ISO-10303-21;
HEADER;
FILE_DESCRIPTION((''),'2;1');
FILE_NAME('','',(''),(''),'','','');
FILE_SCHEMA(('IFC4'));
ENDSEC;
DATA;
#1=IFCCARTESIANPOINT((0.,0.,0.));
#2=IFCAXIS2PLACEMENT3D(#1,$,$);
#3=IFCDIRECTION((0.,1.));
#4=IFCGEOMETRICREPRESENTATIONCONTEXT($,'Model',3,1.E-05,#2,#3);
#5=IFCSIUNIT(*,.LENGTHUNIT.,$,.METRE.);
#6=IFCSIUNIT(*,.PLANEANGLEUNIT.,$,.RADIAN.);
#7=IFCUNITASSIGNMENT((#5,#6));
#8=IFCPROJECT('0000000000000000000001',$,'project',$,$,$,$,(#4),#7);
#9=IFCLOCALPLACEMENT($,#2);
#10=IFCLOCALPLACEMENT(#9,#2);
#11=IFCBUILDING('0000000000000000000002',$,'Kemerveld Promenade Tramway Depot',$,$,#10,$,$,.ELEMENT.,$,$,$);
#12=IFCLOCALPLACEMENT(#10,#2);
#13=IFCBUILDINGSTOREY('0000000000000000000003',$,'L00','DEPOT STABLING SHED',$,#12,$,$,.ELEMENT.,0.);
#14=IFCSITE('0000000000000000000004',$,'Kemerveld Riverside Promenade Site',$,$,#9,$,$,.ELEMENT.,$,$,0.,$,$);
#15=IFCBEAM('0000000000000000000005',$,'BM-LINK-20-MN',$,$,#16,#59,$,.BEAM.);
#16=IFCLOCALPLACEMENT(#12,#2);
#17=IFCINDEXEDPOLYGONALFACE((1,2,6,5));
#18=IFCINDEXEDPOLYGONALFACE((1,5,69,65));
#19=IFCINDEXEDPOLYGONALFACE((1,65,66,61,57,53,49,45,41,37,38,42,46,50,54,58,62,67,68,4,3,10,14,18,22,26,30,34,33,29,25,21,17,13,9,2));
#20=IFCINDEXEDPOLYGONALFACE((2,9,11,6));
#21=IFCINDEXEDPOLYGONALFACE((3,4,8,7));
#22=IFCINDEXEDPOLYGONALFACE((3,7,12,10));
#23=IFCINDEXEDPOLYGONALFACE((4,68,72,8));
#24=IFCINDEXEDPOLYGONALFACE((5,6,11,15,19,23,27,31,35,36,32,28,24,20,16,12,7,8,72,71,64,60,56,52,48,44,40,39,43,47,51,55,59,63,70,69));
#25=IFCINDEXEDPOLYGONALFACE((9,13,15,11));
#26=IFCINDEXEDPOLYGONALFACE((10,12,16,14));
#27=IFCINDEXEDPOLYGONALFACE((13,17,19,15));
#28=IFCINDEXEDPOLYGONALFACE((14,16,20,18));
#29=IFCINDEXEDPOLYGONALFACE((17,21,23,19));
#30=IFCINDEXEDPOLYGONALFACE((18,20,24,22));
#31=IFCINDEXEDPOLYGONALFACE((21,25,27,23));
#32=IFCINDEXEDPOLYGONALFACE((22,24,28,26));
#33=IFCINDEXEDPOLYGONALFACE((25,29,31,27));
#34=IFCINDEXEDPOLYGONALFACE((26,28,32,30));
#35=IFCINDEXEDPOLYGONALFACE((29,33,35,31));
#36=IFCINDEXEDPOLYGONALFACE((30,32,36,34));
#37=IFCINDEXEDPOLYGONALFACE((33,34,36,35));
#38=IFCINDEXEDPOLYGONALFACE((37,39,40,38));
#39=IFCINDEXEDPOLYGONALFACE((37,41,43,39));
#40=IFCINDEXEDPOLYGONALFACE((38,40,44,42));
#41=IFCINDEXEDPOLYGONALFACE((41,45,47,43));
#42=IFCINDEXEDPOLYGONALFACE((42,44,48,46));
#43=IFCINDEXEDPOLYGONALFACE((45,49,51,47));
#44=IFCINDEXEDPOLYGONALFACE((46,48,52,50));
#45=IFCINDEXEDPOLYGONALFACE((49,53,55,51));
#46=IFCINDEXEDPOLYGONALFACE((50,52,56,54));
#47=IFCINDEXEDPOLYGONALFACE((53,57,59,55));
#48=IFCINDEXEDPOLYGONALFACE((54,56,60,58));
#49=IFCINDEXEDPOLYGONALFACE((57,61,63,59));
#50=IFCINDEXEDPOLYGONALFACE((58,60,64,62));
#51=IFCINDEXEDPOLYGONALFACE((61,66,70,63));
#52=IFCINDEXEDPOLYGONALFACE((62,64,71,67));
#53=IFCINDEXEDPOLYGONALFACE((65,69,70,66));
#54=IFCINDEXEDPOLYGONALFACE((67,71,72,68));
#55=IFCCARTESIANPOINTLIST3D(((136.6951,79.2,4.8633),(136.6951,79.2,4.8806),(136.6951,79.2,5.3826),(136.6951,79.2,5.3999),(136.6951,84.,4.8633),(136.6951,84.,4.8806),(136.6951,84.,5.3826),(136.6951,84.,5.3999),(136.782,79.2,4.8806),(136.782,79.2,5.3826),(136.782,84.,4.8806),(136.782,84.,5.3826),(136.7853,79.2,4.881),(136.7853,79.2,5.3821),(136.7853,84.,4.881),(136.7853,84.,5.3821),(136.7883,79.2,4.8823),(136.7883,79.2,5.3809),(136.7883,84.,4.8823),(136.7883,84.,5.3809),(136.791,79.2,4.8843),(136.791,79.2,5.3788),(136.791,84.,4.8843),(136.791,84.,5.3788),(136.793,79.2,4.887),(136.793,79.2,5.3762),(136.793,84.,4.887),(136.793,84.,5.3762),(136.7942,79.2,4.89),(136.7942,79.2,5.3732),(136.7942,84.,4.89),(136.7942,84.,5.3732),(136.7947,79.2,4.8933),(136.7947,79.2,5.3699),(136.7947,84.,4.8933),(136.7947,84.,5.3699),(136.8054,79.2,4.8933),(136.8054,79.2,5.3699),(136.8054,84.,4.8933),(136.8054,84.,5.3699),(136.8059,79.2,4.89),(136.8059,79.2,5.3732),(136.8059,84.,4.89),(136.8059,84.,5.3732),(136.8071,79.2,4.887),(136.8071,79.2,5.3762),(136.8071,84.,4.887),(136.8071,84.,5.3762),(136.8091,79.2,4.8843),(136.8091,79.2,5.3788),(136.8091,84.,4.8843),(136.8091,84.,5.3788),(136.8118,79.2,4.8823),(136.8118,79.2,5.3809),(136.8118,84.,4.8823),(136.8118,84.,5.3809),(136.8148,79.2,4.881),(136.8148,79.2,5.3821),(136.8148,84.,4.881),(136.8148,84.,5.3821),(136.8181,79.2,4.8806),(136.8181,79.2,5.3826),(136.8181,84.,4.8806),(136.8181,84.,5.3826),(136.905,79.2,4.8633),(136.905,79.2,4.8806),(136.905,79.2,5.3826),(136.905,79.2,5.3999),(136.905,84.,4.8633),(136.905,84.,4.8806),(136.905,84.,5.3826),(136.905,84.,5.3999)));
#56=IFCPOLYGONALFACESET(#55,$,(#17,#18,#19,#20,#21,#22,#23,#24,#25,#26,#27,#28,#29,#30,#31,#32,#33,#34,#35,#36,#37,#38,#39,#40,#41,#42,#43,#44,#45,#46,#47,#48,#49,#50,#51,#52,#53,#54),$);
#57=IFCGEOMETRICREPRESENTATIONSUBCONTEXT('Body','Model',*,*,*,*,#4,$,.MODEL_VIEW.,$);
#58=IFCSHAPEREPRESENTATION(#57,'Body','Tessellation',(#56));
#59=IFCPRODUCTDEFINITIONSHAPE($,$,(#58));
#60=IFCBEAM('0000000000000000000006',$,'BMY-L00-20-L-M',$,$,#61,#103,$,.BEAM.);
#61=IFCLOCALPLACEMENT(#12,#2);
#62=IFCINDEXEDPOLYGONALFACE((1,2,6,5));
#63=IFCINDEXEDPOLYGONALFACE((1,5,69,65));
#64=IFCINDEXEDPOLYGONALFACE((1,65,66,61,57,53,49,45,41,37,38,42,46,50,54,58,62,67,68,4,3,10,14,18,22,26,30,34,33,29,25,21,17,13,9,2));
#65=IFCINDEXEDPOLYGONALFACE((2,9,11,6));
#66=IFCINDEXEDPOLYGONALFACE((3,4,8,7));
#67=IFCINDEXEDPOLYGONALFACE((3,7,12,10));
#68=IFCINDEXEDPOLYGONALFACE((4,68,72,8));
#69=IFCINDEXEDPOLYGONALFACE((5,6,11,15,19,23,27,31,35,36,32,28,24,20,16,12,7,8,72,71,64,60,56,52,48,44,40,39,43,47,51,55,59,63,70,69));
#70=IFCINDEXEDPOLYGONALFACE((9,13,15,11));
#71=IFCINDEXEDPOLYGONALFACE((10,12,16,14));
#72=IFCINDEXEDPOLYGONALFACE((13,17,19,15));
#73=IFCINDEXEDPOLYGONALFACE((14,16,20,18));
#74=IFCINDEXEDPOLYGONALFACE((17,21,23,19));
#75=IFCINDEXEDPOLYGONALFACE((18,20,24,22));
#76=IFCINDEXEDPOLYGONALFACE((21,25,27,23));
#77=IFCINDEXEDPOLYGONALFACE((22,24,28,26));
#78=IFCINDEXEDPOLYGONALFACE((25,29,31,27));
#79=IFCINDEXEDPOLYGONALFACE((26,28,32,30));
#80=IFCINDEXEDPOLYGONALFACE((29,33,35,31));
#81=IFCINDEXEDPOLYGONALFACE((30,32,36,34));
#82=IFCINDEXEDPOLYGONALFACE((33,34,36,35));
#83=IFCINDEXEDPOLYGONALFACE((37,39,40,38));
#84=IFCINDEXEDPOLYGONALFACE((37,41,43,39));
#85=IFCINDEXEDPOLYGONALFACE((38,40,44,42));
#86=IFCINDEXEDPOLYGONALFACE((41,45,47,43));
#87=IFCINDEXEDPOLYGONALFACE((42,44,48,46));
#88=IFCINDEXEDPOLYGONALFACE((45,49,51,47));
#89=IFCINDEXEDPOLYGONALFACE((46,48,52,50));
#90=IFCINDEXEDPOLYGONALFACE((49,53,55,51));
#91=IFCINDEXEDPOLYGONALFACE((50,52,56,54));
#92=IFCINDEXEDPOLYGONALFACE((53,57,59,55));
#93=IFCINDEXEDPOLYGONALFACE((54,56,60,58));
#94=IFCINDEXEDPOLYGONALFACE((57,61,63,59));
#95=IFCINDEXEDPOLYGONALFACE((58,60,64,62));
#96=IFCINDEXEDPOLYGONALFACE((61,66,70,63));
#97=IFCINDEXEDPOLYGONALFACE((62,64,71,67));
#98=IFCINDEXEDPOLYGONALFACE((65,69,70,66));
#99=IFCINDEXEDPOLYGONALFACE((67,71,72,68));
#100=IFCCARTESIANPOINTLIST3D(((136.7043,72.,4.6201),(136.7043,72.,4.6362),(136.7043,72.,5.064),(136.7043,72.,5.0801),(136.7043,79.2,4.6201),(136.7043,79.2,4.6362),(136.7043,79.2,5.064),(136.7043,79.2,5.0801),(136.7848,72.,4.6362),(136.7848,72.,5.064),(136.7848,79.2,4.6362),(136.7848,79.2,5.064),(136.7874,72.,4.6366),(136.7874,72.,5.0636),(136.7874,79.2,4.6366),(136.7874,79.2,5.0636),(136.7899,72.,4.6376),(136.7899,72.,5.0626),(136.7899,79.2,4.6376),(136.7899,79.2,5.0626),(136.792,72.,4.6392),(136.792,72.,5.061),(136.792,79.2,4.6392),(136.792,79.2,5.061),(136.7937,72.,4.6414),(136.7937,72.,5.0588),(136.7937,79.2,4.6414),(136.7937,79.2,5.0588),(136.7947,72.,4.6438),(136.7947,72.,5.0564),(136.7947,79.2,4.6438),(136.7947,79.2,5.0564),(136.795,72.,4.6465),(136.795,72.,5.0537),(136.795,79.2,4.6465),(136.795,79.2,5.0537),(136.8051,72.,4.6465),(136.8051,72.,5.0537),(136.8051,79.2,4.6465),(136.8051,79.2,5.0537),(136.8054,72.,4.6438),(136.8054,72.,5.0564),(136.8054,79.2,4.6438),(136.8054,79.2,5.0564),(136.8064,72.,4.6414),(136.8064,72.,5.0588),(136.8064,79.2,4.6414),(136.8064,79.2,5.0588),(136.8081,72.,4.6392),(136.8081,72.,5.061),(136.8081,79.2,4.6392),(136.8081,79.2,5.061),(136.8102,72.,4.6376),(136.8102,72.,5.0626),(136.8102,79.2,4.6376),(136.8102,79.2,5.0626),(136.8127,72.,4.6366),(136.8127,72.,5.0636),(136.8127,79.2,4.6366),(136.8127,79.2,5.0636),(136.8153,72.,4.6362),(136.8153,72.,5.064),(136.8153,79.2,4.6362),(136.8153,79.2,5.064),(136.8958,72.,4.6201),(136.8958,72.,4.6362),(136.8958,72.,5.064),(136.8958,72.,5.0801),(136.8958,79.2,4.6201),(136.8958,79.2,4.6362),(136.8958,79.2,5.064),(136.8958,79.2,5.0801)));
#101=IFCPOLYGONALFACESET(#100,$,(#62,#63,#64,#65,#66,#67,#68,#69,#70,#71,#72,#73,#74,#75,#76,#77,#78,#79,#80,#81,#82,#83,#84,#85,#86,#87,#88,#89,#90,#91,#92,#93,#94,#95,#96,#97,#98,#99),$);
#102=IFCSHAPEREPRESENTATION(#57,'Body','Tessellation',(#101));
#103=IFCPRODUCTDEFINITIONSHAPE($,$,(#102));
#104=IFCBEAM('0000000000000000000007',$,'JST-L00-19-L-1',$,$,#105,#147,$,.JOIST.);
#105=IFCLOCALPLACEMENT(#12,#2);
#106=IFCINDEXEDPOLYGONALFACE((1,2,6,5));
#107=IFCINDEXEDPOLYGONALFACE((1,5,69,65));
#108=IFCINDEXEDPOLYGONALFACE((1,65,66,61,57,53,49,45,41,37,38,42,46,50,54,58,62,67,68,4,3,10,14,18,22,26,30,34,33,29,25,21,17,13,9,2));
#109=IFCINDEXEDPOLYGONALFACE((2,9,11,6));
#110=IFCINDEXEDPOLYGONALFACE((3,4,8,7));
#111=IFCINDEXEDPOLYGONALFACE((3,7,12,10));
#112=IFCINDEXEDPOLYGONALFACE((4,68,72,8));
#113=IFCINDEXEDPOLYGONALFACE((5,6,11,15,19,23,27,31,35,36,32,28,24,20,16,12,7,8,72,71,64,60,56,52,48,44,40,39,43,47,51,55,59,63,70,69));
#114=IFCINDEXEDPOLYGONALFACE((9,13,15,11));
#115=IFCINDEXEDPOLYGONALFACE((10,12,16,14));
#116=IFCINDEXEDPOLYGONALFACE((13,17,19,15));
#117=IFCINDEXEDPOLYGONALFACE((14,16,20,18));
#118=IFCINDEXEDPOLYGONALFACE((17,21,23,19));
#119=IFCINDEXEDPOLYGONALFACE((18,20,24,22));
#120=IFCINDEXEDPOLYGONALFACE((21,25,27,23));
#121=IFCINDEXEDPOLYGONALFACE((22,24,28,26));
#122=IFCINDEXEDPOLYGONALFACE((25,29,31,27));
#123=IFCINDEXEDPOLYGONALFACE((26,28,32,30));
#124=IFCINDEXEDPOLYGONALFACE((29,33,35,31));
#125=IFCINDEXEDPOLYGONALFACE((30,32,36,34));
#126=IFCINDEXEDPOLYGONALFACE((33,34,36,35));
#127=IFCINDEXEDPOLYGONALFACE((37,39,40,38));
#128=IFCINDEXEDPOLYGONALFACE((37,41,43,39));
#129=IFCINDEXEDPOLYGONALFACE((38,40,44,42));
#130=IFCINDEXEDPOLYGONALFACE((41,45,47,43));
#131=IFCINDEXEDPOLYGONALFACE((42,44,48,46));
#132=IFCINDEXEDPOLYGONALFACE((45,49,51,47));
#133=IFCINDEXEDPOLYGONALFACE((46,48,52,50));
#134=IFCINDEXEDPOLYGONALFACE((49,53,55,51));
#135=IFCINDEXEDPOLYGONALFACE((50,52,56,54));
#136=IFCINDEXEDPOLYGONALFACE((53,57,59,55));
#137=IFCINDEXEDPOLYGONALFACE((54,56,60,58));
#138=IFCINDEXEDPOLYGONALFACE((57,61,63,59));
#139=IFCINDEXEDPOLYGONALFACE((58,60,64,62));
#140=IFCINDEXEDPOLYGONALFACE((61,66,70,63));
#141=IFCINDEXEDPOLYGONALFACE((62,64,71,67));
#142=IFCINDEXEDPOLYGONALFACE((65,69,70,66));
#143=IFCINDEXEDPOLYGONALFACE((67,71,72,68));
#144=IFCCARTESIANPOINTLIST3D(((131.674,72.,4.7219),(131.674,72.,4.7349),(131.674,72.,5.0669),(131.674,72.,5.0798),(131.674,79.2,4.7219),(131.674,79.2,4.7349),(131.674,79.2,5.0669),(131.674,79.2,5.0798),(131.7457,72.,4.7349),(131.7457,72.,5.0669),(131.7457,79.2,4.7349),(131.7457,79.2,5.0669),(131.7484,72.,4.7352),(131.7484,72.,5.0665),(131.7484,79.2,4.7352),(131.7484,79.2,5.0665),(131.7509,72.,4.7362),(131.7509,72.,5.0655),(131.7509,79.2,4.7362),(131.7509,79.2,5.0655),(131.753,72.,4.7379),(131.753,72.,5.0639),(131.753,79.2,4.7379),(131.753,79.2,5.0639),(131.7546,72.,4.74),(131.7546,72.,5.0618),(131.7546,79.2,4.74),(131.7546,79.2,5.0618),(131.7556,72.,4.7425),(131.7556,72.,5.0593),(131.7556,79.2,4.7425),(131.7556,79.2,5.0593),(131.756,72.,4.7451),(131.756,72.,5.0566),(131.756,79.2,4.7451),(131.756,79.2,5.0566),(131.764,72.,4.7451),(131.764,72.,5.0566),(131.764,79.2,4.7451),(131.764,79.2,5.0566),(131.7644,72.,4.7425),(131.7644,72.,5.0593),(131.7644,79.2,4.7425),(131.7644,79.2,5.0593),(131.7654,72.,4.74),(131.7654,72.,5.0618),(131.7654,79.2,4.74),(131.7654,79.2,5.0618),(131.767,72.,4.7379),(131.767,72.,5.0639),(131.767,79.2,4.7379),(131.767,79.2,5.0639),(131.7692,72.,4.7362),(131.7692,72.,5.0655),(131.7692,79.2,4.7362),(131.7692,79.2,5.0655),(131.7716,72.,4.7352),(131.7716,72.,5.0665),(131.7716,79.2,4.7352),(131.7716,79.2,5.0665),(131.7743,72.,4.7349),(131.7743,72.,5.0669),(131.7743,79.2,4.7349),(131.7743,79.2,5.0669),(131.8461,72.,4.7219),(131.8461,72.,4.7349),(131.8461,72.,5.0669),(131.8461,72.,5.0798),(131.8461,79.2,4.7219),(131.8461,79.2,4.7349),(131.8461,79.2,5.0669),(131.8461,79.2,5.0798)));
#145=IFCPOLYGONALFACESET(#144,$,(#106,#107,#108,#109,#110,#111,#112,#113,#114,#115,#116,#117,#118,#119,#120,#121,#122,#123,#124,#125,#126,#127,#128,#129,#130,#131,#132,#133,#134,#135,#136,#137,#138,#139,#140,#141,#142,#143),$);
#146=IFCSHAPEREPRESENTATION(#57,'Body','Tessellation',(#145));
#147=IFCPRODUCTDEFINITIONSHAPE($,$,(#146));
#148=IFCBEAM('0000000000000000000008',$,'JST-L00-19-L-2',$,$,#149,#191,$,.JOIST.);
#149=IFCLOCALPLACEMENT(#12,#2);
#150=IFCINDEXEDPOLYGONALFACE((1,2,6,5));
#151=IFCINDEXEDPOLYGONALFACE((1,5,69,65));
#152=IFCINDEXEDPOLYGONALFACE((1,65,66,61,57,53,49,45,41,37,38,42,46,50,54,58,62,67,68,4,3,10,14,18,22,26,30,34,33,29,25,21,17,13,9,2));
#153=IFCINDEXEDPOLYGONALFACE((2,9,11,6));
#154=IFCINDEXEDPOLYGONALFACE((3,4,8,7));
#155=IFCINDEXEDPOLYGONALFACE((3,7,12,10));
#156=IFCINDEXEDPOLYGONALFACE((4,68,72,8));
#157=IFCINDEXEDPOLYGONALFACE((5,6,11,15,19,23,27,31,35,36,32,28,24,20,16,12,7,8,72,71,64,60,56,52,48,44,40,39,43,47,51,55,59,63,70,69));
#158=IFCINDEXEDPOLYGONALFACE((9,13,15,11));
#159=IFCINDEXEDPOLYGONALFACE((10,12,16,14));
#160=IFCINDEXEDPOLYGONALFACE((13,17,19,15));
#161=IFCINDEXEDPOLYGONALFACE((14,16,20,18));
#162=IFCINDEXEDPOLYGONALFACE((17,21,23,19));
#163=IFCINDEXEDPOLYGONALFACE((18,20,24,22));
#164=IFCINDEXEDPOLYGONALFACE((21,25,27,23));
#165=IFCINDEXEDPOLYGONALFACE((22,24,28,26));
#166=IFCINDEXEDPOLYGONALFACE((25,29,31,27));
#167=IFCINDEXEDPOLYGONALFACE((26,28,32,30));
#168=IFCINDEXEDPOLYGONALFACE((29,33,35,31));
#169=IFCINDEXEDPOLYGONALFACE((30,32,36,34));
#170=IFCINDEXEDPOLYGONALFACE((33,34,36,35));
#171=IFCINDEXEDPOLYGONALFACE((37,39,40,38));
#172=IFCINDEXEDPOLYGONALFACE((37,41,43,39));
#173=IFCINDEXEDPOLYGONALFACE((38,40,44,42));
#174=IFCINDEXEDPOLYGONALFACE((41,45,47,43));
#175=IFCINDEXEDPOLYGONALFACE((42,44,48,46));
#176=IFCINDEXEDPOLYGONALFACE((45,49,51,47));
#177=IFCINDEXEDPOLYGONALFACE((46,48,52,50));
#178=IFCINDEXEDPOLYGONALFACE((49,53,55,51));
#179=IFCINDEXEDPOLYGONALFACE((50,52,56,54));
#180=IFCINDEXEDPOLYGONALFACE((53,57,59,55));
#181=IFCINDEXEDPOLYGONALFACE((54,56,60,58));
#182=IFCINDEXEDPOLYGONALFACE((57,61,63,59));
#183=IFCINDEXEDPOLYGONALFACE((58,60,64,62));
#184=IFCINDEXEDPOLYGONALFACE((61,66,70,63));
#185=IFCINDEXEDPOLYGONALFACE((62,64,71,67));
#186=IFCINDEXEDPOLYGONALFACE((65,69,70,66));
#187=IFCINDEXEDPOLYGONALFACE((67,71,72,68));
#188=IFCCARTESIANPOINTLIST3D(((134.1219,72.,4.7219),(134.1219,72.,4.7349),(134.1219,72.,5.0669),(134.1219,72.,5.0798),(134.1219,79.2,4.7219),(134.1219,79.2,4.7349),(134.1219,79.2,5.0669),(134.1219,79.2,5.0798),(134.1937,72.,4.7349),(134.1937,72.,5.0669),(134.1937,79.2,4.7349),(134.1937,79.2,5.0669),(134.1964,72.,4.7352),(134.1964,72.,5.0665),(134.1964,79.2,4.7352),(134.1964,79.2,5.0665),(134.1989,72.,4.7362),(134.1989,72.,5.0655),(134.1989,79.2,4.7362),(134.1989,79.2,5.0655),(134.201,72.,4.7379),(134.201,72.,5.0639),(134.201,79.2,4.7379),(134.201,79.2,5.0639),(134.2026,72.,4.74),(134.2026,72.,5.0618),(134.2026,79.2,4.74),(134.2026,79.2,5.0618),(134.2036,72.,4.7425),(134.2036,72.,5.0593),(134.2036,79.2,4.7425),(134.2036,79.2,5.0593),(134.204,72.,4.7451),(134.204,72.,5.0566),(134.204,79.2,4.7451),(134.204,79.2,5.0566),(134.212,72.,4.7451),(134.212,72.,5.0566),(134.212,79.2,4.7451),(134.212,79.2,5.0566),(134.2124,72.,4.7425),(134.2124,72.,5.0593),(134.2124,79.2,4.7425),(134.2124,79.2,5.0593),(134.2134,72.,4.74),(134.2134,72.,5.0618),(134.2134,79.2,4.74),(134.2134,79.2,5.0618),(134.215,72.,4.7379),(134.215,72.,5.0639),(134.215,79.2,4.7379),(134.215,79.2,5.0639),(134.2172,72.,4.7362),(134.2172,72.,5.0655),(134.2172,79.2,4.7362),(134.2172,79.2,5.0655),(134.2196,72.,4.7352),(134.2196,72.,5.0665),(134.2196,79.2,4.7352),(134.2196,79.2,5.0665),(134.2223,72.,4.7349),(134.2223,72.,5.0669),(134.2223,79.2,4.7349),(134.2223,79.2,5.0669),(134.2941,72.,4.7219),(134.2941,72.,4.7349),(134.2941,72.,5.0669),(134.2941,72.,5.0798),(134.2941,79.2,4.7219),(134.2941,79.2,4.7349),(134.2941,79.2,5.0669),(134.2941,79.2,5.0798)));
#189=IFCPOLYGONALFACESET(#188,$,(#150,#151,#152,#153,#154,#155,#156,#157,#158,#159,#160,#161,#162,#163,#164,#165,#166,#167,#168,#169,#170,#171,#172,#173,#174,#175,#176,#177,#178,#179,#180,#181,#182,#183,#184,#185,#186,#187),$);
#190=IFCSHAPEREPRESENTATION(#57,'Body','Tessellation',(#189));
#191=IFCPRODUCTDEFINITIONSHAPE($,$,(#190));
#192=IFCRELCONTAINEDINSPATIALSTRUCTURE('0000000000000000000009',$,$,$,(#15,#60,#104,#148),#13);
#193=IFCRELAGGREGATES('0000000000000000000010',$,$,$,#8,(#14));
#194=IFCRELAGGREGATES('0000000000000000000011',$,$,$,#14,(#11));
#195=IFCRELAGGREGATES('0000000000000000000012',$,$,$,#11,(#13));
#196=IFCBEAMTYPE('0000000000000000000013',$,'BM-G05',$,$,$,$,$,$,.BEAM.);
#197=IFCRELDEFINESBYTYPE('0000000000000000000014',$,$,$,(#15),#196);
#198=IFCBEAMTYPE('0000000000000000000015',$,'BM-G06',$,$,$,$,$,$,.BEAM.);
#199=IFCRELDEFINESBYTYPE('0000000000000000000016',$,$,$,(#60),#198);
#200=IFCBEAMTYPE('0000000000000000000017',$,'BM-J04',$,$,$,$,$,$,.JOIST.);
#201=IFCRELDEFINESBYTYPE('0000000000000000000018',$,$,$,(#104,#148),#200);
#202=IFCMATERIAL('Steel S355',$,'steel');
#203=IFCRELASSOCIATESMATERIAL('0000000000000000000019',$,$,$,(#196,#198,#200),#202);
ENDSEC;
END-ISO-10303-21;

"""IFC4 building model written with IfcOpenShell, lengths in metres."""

from ifc_helpers import new_model, si_unit, direction, frame, origin, origin_2d, place, context, subcontext, project, spatial, i_section, extrude, material, material_profile, profile_set, type_object, element, save


model = new_model("IFC4")

# Units and contexts
model_context = context("Model", 3, precision=1e-05, world=origin(), true_north=direction((0.0, 1.0)))
body_context = subcontext(model_context, "Body", "Model", "MODEL_VIEW")
ifc_project = project(units=[si_unit("LENGTHUNIT", "METRE"), si_unit("PLANEANGLEUNIT", "RADIAN")], contexts=[model_context])

# Site, building, storey
site_placement = place(None, origin())
site = spatial("IfcSite", under=ifc_project, at=site_placement, Name="Kemerveld Riverside Promenade Site", CompositionType="ELEMENT", RefElevation=0.0)
building_placement = place(site_placement, origin())
building = spatial("IfcBuilding", under=site, at=building_placement, Name="Kemerveld Promenade Tramway Depot", CompositionType="ELEMENT")
storey_placement = place(building_placement, origin())
storey = spatial("IfcBuildingStorey", under=building, at=storey_placement, Name="L00", Description="DEPOT STABLING SHED", CompositionType="ELEMENT", Elevation=0.0)

# Beams
ifc_material_1 = material(Name="Steel S355", Category="steel")
ifc_material_profile_1 = material_profile(ifc_material_1, i_section(OverallWidth=0.21, OverallDepth=0.5366, WebThickness=0.0107, FlangeThickness=0.0173, FilletRadius=0.0127, at=origin_2d()), Name="533x210x101 UB")
ifc_profile_set_1 = profile_set([ifc_material_profile_1], Name="Steel S355")
beam_type_1 = type_object("IfcBeamType", Name="BM-G05", PredefinedType="BEAM", material=ifc_profile_set_1)
beam_1_placement = place(storey_placement, frame((136.8, 79.2, 5.1316), z_axis=(0.0, 1.0, 0.0), x_axis=(-1.0, 0.0, 0.0)))
element("IfcBeam", 1, at=beam_1_placement, inside=storey, type_object=beam_type_1, Name="BM-LINK-20-MN", PredefinedType="BEAM", context=body_context, shape_type="SweptSolid", body=[
    extrude(i_section(OverallWidth=0.21, OverallDepth=0.5366, WebThickness=0.0107, FlangeThickness=0.0173, FilletRadius=0.0127, at=origin_2d()), origin(), (0.0, 0.0, 1.0), 4.8),
])
ifc_material_profile_2 = material_profile(ifc_material_1, i_section(OverallWidth=0.1914, OverallDepth=0.46, WebThickness=0.01, FlangeThickness=0.0161, FilletRadius=0.0103, at=origin_2d()), Name="457x191x82 UB")
ifc_profile_set_2 = profile_set([ifc_material_profile_2], Name="Steel S355")
beam_type_2 = type_object("IfcBeamType", Name="BM-G06", PredefinedType="BEAM", material=ifc_profile_set_2)
beam_2_placement = place(storey_placement, frame((136.8, 72.0, 4.8501), z_axis=(0.0, 1.0, 0.0), x_axis=(-1.0, 0.0, 0.0)))
element("IfcBeam", 2, at=beam_2_placement, inside=storey, type_object=beam_type_2, Name="BMY-L00-20-L-M", PredefinedType="BEAM", context=body_context, shape_type="SweptSolid", body=[
    extrude(i_section(OverallWidth=0.1914, OverallDepth=0.46, WebThickness=0.01, FlangeThickness=0.0161, FilletRadius=0.0103, at=origin_2d()), origin(), (0.0, 0.0, 1.0), 7.2),
])
ifc_material_profile_3 = material_profile(ifc_material_1, i_section(OverallWidth=0.1721, OverallDepth=0.3579, WebThickness=0.0081, FlangeThickness=0.0129, FilletRadius=0.0103, at=origin_2d()), Name="356x171x57 UB")
ifc_profile_set_3 = profile_set([ifc_material_profile_3], Name="Steel S355")
beam_type_3 = type_object("IfcBeamType", Name="BM-J04", PredefinedType="JOIST", material=ifc_profile_set_3)
for number, where, z_axis, x_axis, name in (
    (3, (131.76, 72.0, 4.9009), (0.0, 1.0, 0.0), (-1.0, 0.0, 0.0), "JST-L00-19-L-1"),
    (4, (134.208, 72.0, 4.9009), (0.0, 1.0, 0.0), (-1.0, 0.0, 0.0), "JST-L00-19-L-2"),
):
    element("IfcBeam", number, at=place(storey_placement, frame(where, z_axis=z_axis, x_axis=x_axis)), inside=storey, type_object=beam_type_3, Name=name, PredefinedType="JOIST", context=body_context, shape_type="SweptSolid", body=[
        extrude(i_section(OverallWidth=0.1721, OverallDepth=0.3579, WebThickness=0.0081, FlangeThickness=0.0129, FilletRadius=0.0103, at=origin_2d()), origin(), (0.0, 0.0, 1.0), 7.2),
    ])

save(model, "model.ifc")
